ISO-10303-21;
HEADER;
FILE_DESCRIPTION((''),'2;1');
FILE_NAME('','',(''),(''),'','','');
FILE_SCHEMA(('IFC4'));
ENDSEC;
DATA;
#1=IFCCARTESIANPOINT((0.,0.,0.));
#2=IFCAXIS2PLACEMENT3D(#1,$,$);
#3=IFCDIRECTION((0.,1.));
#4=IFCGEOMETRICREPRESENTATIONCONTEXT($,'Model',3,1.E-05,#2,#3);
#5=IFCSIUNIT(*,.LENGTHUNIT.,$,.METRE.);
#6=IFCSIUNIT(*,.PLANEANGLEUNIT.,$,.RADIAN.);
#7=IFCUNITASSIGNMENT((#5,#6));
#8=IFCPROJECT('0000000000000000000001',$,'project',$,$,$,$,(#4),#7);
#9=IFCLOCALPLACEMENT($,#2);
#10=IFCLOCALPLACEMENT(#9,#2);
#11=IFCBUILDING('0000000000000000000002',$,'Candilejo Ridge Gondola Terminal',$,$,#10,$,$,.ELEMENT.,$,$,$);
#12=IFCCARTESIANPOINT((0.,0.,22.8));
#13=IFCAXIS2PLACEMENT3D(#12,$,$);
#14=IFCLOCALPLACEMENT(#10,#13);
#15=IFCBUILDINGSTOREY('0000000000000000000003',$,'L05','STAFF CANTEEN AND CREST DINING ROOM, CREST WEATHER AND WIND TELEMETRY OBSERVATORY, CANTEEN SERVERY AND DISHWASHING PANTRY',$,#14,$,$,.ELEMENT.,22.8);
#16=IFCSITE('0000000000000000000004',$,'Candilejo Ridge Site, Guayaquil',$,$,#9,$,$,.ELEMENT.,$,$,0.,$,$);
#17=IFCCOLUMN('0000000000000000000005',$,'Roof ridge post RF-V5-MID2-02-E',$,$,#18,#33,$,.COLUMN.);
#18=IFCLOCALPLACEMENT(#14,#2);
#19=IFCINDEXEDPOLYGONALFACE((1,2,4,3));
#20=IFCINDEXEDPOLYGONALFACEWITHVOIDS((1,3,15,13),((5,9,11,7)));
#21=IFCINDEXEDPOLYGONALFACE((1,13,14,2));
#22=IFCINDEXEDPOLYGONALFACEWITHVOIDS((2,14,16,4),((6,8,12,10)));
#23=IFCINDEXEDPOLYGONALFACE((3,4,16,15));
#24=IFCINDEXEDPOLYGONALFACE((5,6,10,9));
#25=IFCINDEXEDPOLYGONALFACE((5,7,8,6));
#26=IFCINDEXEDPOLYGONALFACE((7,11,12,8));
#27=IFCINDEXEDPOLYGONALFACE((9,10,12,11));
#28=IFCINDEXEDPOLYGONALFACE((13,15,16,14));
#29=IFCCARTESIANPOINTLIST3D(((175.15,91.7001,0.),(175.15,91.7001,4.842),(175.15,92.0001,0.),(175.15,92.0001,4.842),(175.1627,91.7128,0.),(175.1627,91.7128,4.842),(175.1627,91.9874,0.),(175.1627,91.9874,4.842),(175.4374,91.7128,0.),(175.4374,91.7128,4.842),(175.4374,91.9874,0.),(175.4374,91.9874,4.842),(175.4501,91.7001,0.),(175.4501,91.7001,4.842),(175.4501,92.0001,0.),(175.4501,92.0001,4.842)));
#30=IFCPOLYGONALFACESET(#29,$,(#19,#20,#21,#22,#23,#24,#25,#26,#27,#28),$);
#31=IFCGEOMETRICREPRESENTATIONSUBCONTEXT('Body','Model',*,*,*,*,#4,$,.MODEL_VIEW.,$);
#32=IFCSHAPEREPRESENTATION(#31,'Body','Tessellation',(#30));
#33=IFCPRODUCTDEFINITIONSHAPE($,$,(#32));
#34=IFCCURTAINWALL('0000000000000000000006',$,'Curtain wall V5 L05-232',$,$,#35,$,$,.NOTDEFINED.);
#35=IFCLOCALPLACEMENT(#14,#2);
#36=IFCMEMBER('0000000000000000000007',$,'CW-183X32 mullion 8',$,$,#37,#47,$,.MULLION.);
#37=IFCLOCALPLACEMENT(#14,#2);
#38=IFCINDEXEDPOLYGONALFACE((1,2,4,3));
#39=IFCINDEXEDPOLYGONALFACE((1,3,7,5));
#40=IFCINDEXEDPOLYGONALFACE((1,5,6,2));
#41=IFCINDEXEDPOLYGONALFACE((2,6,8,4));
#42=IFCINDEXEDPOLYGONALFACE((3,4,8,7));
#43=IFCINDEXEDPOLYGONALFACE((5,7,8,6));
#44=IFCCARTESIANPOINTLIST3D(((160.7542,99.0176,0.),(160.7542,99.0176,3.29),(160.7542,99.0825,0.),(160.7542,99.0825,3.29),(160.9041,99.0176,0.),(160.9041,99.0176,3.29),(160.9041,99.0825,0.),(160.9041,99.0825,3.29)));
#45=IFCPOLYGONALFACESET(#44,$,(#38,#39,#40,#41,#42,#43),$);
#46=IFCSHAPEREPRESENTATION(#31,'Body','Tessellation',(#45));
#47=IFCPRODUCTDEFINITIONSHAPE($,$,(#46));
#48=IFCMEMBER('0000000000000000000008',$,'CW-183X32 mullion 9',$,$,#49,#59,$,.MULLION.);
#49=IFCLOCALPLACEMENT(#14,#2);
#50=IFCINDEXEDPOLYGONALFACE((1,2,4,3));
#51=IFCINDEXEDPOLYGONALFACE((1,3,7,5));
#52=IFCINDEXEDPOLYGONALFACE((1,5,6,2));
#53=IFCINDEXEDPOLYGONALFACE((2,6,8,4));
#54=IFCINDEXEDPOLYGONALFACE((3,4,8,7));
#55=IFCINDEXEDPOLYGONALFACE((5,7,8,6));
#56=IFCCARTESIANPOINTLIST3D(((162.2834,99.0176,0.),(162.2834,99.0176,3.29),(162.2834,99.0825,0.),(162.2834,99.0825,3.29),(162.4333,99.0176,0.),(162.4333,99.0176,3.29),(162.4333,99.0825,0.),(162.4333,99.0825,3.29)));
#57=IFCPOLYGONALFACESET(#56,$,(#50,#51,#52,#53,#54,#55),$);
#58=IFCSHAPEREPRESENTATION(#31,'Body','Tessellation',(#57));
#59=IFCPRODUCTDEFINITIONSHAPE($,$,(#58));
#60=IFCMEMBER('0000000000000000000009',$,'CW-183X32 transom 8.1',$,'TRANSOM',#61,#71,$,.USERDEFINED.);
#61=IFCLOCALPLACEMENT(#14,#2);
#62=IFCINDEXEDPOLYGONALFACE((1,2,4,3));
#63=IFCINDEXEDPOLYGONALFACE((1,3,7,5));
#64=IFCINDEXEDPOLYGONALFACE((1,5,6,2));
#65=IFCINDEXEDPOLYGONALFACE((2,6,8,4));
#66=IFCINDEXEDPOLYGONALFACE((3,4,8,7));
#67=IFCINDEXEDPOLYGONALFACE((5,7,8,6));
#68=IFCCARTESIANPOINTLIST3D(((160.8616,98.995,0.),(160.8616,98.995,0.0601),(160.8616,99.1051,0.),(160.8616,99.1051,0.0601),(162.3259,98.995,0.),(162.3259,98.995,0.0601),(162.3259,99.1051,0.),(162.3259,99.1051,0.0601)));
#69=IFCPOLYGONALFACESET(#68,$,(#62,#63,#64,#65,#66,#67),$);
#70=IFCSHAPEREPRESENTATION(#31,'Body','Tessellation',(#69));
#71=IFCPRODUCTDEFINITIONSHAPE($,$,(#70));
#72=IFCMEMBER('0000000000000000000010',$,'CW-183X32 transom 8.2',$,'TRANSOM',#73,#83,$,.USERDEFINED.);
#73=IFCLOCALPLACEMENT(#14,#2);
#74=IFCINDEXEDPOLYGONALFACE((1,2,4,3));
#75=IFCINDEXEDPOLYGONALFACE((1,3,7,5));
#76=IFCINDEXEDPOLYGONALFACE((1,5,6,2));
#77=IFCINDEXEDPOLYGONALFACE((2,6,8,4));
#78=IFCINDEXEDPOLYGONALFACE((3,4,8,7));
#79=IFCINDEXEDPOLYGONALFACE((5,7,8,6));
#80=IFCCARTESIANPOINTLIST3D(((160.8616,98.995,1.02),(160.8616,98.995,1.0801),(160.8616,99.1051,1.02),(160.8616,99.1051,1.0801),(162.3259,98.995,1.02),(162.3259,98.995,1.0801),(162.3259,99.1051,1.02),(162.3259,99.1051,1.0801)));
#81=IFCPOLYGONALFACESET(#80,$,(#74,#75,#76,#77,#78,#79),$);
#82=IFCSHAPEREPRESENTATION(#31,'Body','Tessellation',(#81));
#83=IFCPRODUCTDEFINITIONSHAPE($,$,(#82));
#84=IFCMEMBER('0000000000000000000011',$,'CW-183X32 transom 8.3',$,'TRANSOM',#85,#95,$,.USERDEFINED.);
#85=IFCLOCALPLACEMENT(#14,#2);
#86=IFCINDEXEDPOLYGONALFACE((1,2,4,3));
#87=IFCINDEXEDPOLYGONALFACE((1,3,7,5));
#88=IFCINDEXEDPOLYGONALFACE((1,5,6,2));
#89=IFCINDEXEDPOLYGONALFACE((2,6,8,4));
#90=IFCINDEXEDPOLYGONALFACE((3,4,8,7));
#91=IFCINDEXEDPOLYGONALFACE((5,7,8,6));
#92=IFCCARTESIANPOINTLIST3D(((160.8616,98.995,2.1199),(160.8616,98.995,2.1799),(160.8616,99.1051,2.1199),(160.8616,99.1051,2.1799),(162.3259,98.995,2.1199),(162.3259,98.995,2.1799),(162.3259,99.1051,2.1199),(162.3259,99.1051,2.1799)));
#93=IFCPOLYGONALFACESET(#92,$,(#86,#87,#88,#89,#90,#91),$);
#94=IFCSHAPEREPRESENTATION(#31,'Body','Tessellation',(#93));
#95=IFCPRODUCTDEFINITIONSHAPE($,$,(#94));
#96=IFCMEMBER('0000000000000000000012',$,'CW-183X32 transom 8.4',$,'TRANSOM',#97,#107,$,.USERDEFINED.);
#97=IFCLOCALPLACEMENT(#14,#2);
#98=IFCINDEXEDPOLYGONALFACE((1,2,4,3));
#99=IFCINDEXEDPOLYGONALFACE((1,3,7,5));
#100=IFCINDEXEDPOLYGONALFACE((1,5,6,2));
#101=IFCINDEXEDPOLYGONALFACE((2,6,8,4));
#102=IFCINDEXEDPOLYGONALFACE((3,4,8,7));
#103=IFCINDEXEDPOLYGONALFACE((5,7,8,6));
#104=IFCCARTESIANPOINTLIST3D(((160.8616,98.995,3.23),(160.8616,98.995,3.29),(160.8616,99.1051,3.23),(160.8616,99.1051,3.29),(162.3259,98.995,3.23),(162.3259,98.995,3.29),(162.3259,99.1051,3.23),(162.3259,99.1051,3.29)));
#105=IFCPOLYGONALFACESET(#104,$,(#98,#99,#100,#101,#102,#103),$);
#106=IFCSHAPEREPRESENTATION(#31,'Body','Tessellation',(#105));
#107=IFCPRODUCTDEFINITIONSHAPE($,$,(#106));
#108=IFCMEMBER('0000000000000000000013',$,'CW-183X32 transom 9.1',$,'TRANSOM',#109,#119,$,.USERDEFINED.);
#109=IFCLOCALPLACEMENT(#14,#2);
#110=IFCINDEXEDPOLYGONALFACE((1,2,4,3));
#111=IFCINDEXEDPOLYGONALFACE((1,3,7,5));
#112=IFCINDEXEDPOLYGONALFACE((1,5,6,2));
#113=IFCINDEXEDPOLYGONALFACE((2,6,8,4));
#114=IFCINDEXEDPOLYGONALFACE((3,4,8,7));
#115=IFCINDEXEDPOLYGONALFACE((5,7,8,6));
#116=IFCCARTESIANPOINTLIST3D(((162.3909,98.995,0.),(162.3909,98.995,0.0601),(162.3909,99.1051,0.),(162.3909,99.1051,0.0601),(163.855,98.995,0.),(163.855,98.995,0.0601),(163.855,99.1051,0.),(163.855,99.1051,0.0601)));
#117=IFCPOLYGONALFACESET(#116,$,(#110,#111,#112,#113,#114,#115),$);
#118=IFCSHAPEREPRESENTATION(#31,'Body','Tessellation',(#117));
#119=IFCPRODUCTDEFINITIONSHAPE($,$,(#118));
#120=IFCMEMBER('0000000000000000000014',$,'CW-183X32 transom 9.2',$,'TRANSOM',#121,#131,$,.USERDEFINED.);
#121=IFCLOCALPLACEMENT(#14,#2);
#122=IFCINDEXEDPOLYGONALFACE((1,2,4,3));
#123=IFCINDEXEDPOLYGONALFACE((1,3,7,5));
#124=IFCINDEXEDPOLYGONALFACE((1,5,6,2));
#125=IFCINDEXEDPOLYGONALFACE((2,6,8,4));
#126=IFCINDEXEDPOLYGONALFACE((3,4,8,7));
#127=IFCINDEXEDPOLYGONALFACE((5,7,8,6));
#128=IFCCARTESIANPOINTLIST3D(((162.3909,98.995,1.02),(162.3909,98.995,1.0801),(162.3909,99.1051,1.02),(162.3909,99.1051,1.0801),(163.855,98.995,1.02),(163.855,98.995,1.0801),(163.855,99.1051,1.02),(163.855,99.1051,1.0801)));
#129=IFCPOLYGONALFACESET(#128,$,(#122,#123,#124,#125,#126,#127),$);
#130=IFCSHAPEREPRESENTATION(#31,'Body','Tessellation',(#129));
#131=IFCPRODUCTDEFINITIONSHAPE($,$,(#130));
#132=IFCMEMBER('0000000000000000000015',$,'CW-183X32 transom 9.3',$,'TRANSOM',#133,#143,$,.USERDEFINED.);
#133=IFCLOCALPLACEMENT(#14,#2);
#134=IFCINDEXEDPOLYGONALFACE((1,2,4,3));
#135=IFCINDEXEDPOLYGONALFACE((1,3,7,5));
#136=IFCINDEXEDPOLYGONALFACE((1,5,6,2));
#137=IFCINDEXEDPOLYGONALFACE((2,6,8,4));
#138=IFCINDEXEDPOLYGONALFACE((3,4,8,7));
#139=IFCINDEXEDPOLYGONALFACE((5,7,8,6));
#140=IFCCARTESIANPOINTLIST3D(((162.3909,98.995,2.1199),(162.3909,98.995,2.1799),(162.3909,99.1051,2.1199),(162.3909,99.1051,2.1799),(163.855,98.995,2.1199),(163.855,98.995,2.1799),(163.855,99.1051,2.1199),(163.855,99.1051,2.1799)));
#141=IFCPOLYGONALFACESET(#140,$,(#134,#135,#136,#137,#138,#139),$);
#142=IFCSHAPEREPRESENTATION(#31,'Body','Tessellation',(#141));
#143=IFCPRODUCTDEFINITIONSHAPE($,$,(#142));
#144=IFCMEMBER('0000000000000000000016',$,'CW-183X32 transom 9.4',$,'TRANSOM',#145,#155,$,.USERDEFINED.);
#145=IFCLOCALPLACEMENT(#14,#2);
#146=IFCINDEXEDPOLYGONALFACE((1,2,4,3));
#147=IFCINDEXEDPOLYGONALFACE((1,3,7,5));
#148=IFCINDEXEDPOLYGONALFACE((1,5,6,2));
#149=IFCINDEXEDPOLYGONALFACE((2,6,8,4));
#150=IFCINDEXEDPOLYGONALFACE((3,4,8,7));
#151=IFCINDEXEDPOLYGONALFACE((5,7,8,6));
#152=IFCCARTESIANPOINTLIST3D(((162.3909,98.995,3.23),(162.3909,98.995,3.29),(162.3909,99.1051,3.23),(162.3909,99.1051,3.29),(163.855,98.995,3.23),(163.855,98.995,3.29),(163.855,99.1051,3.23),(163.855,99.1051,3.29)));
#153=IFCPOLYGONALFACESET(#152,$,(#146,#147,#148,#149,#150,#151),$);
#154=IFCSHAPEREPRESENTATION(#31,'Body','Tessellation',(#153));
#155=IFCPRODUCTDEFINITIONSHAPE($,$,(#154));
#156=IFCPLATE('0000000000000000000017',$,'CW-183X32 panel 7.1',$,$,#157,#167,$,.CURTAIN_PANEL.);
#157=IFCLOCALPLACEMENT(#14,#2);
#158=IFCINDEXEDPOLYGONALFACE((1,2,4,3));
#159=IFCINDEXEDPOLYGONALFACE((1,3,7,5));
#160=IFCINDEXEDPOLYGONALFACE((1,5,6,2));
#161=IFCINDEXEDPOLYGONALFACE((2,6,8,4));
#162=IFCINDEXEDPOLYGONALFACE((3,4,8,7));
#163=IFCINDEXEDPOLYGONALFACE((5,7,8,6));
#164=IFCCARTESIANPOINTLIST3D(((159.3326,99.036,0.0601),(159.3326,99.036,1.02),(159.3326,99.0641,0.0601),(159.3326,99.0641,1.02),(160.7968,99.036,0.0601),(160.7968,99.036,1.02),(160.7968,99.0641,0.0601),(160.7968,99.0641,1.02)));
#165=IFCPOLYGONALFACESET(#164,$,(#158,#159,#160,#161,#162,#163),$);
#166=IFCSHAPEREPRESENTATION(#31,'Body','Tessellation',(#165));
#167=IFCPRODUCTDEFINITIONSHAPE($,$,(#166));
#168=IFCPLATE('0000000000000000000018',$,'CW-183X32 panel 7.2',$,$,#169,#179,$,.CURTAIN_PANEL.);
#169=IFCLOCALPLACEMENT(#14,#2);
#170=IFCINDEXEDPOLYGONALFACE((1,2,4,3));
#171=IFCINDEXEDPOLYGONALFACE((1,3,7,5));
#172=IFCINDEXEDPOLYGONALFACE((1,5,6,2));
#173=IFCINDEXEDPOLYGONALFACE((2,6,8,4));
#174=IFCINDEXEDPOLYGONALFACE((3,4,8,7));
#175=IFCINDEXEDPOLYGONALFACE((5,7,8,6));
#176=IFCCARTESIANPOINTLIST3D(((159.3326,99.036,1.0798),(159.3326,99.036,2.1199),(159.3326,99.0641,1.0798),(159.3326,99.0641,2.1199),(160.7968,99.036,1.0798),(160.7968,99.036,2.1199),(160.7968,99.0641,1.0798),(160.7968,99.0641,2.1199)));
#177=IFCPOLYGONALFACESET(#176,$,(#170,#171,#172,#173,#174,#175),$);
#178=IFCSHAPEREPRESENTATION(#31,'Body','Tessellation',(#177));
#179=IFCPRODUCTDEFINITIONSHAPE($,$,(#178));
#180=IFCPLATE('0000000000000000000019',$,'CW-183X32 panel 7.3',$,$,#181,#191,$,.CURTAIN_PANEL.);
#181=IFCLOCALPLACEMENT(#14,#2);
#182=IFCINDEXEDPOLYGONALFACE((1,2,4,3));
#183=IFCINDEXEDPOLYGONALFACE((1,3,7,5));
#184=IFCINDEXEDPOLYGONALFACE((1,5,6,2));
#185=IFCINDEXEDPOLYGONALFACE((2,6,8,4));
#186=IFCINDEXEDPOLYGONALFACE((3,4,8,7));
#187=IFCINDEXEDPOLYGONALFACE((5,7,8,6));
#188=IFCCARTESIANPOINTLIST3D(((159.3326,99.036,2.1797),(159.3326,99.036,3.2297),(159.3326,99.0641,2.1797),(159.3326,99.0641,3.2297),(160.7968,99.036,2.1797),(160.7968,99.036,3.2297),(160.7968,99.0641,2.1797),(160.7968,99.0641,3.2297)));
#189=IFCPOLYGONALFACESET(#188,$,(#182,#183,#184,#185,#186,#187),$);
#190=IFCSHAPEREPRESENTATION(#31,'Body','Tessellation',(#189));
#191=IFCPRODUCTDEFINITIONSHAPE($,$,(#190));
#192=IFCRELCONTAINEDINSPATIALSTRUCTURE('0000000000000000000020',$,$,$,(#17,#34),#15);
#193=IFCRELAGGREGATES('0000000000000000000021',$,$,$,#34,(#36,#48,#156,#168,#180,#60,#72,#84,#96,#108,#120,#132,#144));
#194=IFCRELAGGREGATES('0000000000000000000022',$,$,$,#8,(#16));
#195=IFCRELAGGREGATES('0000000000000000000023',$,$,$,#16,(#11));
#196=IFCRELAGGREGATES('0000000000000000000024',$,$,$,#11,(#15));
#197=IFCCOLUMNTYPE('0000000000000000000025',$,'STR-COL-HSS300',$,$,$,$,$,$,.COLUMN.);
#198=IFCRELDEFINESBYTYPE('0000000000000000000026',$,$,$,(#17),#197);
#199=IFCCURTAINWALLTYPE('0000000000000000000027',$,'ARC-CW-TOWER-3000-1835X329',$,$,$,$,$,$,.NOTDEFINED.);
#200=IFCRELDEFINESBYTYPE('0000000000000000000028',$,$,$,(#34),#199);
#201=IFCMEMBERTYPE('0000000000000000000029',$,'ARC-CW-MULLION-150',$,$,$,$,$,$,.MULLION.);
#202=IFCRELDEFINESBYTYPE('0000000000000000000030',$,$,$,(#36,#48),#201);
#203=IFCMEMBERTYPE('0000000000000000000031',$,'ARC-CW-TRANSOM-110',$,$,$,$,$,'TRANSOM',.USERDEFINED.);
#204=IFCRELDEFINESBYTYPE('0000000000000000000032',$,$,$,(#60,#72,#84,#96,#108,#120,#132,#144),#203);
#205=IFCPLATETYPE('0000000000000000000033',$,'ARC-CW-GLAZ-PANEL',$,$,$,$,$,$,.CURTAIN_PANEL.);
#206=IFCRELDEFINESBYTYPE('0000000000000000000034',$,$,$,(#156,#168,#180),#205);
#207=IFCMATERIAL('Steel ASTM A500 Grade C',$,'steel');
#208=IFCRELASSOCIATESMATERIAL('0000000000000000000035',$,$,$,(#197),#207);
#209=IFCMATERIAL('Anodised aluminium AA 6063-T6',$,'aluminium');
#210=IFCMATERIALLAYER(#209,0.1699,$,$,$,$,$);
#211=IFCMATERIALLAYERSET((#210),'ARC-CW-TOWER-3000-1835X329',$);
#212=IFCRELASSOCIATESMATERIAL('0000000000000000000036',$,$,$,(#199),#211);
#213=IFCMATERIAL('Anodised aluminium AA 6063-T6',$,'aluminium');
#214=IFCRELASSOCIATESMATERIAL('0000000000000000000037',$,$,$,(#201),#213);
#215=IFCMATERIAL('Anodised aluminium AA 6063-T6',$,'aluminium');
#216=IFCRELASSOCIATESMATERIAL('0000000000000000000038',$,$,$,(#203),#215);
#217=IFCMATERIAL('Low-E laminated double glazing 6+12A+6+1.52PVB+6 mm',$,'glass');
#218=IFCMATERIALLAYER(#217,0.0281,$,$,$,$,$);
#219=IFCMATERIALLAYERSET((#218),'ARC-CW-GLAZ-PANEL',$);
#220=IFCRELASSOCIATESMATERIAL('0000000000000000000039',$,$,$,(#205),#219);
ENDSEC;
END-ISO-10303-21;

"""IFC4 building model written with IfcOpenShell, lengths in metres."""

from ifc_helpers import new_model, si_unit, direction, frame, origin, origin_2d, place, context, subcontext, project, spatial, rectangle, hollow_rectangle, extrude, material, layer, layer_set, material_profile, profile_set, type_object, element, aggregate, save


model = new_model("IFC4")

# Units and contexts
model_context = context("Model", 3, precision=1e-05, world=origin(), true_north=direction((0.0, 1.0)))
body_context = subcontext(model_context, "Body", "Model", "MODEL_VIEW")
ifc_project = project(units=[si_unit("LENGTHUNIT", "METRE"), si_unit("PLANEANGLEUNIT", "RADIAN")], contexts=[model_context])

# Site, building, storey
site_placement = place(None, origin())
site = spatial("IfcSite", under=ifc_project, at=site_placement, Name="Candilejo Ridge Site, Guayaquil", CompositionType="ELEMENT", RefElevation=0.0)
building_placement = place(site_placement, origin())
building = spatial("IfcBuilding", under=site, at=building_placement, Name="Candilejo Ridge Gondola Terminal", CompositionType="ELEMENT")
storey_placement = place(building_placement, frame((0.0, 0.0, 22.8)))
storey = spatial("IfcBuildingStorey", under=building, at=storey_placement, Name="L05", Description="STAFF CANTEEN AND CREST DINING ROOM, CREST WEATHER AND WIND TELEMETRY OBSERVATORY, CANTEEN SERVERY AND DISHWASHING PANTRY", CompositionType="ELEMENT", Elevation=22.8)

# Column
ifc_material_1 = material(Name="Steel ASTM A500 Grade C", Category="steel")
ifc_material_profile_1 = material_profile(ifc_material_1, hollow_rectangle(XDim=0.3, YDim=0.3, WallThickness=0.0127, at=origin_2d()))
ifc_profile_set_1 = profile_set([ifc_material_profile_1], Name="Steel ASTM A500 Grade C")
column_type = type_object("IfcColumnType", Name="STR-COL-HSS300", PredefinedType="COLUMN", material=ifc_profile_set_1)
column_placement = place(storey_placement, frame((175.3, 91.8501, 0.0), z_axis=(0.0, 0.0, 1.0), x_axis=(1.0, 0.0, 0.0)))
element("IfcColumn", 1, at=column_placement, inside=storey, type_object=column_type, Name="Roof ridge post RF-V5-MID2-02-E", PredefinedType="COLUMN", context=body_context, shape_type="SweptSolid", body=[
    extrude(hollow_rectangle(XDim=0.3, YDim=0.3, WallThickness=0.0127, at=origin_2d()), origin(), (0.0, 0.0, 1.0), 4.842),
])

# Curtain wall, members, plates
ifc_material_2 = material(Name="Anodised aluminium AA 6063-T6", Category="aluminium")
ifc_layer_1 = layer(ifc_material_2, 0.1699)
ifc_layer_set_1 = layer_set([ifc_layer_1], Name="ARC-CW-TOWER-3000-1835X329")
curtain_wall_type = type_object("IfcCurtainWallType", Name="ARC-CW-TOWER-3000-1835X329", PredefinedType="NOTDEFINED", material=ifc_layer_set_1)
curtain_wall_placement = place(storey_placement, origin())
curtain_wall = element("IfcCurtainWall", 2, at=curtain_wall_placement, inside=storey, type_object=curtain_wall_type, Name="Curtain wall V5 L05-232", PredefinedType="NOTDEFINED")
ifc_material_3 = material(Name="Anodised aluminium AA 6063-T6", Category="aluminium")
ifc_material_profile_2 = material_profile(ifc_material_3, rectangle(XDim=0.0649, YDim=0.1499, at=origin_2d()))
ifc_profile_set_2 = profile_set([ifc_material_profile_2], Name="Anodised aluminium AA 6063-T6")
member_type_1 = type_object("IfcMemberType", Name="ARC-CW-MULLION-150", PredefinedType="MULLION", material=ifc_profile_set_2)
member_1_placement = place(storey_placement, frame((160.8291, 99.05, 0.0), z_axis=(0.0, 0.0, 1.0), x_axis=(0.0, 1.0, 0.0)))
member_1 = element("IfcMember", 3, at=member_1_placement, type_object=member_type_1, Name="CW-183X32 mullion 8", PredefinedType="MULLION", context=body_context, shape_type="SweptSolid", body=[
    extrude(rectangle(XDim=0.0649, YDim=0.1499, at=origin_2d()), origin(), (0.0, 0.0, 1.0), 3.29),
])
member_2_placement = place(storey_placement, frame((162.3584, 99.05, 0.0), z_axis=(0.0, 0.0, 1.0), x_axis=(0.0, 1.0, 0.0)))
member_2 = element("IfcMember", 4, at=member_2_placement, type_object=member_type_1, Name="CW-183X32 mullion 9", PredefinedType="MULLION", context=body_context, shape_type="SweptSolid", body=[
    extrude(rectangle(XDim=0.0649, YDim=0.1499, at=origin_2d()), origin(), (0.0, 0.0, 1.0), 3.29),
])
ifc_material_4 = material(Name="Anodised aluminium AA 6063-T6", Category="aluminium")
ifc_material_profile_3 = material_profile(ifc_material_4, rectangle(XDim=0.1101, YDim=0.0601, at=origin_2d()))
ifc_profile_set_3 = profile_set([ifc_material_profile_3], Name="Anodised aluminium AA 6063-T6")
member_type_2 = type_object("IfcMemberType", Name="ARC-CW-TRANSOM-110", ElementType="TRANSOM", PredefinedType="USERDEFINED", material=ifc_profile_set_3)
member_3_placement = place(storey_placement, frame((160.8616, 99.05, 0.03), z_axis=(1.0, 0.0, 0.0), x_axis=(0.0, 1.0, 0.0)))
member_3 = element("IfcMember", 5, at=member_3_placement, type_object=member_type_2, Name="CW-183X32 transom 8.1", ObjectType="TRANSOM", PredefinedType="USERDEFINED", context=body_context, shape_type="SweptSolid", body=[
    extrude(rectangle(XDim=0.1101, YDim=0.0601, at=origin_2d()), origin(), (0.0, 0.0, 1.0), 1.4644),
])
member_4_placement = place(storey_placement, frame((160.8616, 99.05, 1.05), z_axis=(1.0, 0.0, 0.0), x_axis=(0.0, 1.0, 0.0)))
member_4 = element("IfcMember", 6, at=member_4_placement, type_object=member_type_2, Name="CW-183X32 transom 8.2", ObjectType="TRANSOM", PredefinedType="USERDEFINED", context=body_context, shape_type="SweptSolid", body=[
    extrude(rectangle(XDim=0.1101, YDim=0.0601, at=origin_2d()), origin(), (0.0, 0.0, 1.0), 1.4644),
])
member_5_placement = place(storey_placement, frame((160.8616, 99.05, 2.1499), z_axis=(1.0, 0.0, 0.0), x_axis=(0.0, 1.0, 0.0)))
member_5 = element("IfcMember", 7, at=member_5_placement, type_object=member_type_2, Name="CW-183X32 transom 8.3", ObjectType="TRANSOM", PredefinedType="USERDEFINED", context=body_context, shape_type="SweptSolid", body=[
    extrude(rectangle(XDim=0.1101, YDim=0.0601, at=origin_2d()), origin(), (0.0, 0.0, 1.0), 1.4644),
])
member_6_placement = place(storey_placement, frame((160.8616, 99.05, 3.26), z_axis=(1.0, 0.0, 0.0), x_axis=(0.0, 1.0, 0.0)))
member_6 = element("IfcMember", 8, at=member_6_placement, type_object=member_type_2, Name="CW-183X32 transom 8.4", ObjectType="TRANSOM", PredefinedType="USERDEFINED", context=body_context, shape_type="SweptSolid", body=[
    extrude(rectangle(XDim=0.1101, YDim=0.0601, at=origin_2d()), origin(), (0.0, 0.0, 1.0), 1.4644),
])
member_7_placement = place(storey_placement, frame((162.3909, 99.05, 0.03), z_axis=(1.0, 0.0, 0.0), x_axis=(0.0, 1.0, 0.0)))
member_7 = element("IfcMember", 9, at=member_7_placement, type_object=member_type_2, Name="CW-183X32 transom 9.1", ObjectType="TRANSOM", PredefinedType="USERDEFINED", context=body_context, shape_type="SweptSolid", body=[
    extrude(rectangle(XDim=0.1101, YDim=0.0601, at=origin_2d()), origin(), (0.0, 0.0, 1.0), 1.4641),
])
member_8_placement = place(storey_placement, frame((162.3909, 99.05, 1.05), z_axis=(1.0, 0.0, 0.0), x_axis=(0.0, 1.0, 0.0)))
member_8 = element("IfcMember", 10, at=member_8_placement, type_object=member_type_2, Name="CW-183X32 transom 9.2", ObjectType="TRANSOM", PredefinedType="USERDEFINED", context=body_context, shape_type="SweptSolid", body=[
    extrude(rectangle(XDim=0.1101, YDim=0.0601, at=origin_2d()), origin(), (0.0, 0.0, 1.0), 1.4641),
])
member_9_placement = place(storey_placement, frame((162.3909, 99.05, 2.1499), z_axis=(1.0, 0.0, 0.0), x_axis=(0.0, 1.0, 0.0)))
member_9 = element("IfcMember", 11, at=member_9_placement, type_object=member_type_2, Name="CW-183X32 transom 9.3", ObjectType="TRANSOM", PredefinedType="USERDEFINED", context=body_context, shape_type="SweptSolid", body=[
    extrude(rectangle(XDim=0.1101, YDim=0.0601, at=origin_2d()), origin(), (0.0, 0.0, 1.0), 1.4641),
])
member_10_placement = place(storey_placement, frame((162.3909, 99.05, 3.26), z_axis=(1.0, 0.0, 0.0), x_axis=(0.0, 1.0, 0.0)))
member_10 = element("IfcMember", 12, at=member_10_placement, type_object=member_type_2, Name="CW-183X32 transom 9.4", ObjectType="TRANSOM", PredefinedType="USERDEFINED", context=body_context, shape_type="SweptSolid", body=[
    extrude(rectangle(XDim=0.1101, YDim=0.0601, at=origin_2d()), origin(), (0.0, 0.0, 1.0), 1.4641),
])
ifc_material_5 = material(Name="Low-E laminated double glazing 6+12A+6+1.52PVB+6 mm", Category="glass")
ifc_layer_2 = layer(ifc_material_5, 0.0281)
ifc_layer_set_2 = layer_set([ifc_layer_2], Name="ARC-CW-GLAZ-PANEL")
plate_type = type_object("IfcPlateType", Name="ARC-CW-GLAZ-PANEL", PredefinedType="CURTAIN_PANEL", material=ifc_layer_set_2)
plate_1_placement = place(storey_placement, frame((160.0647, 99.05, 0.0601), z_axis=(0.0, 0.0, 1.0), x_axis=(1.0, 0.0, 0.0)))
plate_1 = element("IfcPlate", 13, at=plate_1_placement, type_object=plate_type, Name="CW-183X32 panel 7.1", PredefinedType="CURTAIN_PANEL", context=body_context, shape_type="SweptSolid", body=[
    extrude(rectangle(XDim=1.4641, YDim=0.0281, at=origin_2d()), origin(), (0.0, 0.0, 1.0), 0.96),
])
plate_2_placement = place(storey_placement, frame((160.0647, 99.05, 1.0798), z_axis=(0.0, 0.0, 1.0), x_axis=(1.0, 0.0, 0.0)))
plate_2 = element("IfcPlate", 14, at=plate_2_placement, type_object=plate_type, Name="CW-183X32 panel 7.2", PredefinedType="CURTAIN_PANEL", context=body_context, shape_type="SweptSolid", body=[
    extrude(rectangle(XDim=1.4641, YDim=0.0281, at=origin_2d()), origin(), (0.0, 0.0, 1.0), 1.04),
])
plate_3_placement = place(storey_placement, frame((160.0647, 99.05, 2.1797), z_axis=(0.0, 0.0, 1.0), x_axis=(1.0, 0.0, 0.0)))
plate_3 = element("IfcPlate", 15, at=plate_3_placement, type_object=plate_type, Name="CW-183X32 panel 7.3", PredefinedType="CURTAIN_PANEL", context=body_context, shape_type="SweptSolid", body=[
    extrude(rectangle(XDim=1.4641, YDim=0.0281, at=origin_2d()), origin(), (0.0, 0.0, 1.0), 1.05),
])
aggregate(curtain_wall, [member_1, member_2, plate_1, plate_2, plate_3, member_3, member_4, member_5, member_6, member_7, member_8, member_9, member_10])

save(model, "model.ifc")
